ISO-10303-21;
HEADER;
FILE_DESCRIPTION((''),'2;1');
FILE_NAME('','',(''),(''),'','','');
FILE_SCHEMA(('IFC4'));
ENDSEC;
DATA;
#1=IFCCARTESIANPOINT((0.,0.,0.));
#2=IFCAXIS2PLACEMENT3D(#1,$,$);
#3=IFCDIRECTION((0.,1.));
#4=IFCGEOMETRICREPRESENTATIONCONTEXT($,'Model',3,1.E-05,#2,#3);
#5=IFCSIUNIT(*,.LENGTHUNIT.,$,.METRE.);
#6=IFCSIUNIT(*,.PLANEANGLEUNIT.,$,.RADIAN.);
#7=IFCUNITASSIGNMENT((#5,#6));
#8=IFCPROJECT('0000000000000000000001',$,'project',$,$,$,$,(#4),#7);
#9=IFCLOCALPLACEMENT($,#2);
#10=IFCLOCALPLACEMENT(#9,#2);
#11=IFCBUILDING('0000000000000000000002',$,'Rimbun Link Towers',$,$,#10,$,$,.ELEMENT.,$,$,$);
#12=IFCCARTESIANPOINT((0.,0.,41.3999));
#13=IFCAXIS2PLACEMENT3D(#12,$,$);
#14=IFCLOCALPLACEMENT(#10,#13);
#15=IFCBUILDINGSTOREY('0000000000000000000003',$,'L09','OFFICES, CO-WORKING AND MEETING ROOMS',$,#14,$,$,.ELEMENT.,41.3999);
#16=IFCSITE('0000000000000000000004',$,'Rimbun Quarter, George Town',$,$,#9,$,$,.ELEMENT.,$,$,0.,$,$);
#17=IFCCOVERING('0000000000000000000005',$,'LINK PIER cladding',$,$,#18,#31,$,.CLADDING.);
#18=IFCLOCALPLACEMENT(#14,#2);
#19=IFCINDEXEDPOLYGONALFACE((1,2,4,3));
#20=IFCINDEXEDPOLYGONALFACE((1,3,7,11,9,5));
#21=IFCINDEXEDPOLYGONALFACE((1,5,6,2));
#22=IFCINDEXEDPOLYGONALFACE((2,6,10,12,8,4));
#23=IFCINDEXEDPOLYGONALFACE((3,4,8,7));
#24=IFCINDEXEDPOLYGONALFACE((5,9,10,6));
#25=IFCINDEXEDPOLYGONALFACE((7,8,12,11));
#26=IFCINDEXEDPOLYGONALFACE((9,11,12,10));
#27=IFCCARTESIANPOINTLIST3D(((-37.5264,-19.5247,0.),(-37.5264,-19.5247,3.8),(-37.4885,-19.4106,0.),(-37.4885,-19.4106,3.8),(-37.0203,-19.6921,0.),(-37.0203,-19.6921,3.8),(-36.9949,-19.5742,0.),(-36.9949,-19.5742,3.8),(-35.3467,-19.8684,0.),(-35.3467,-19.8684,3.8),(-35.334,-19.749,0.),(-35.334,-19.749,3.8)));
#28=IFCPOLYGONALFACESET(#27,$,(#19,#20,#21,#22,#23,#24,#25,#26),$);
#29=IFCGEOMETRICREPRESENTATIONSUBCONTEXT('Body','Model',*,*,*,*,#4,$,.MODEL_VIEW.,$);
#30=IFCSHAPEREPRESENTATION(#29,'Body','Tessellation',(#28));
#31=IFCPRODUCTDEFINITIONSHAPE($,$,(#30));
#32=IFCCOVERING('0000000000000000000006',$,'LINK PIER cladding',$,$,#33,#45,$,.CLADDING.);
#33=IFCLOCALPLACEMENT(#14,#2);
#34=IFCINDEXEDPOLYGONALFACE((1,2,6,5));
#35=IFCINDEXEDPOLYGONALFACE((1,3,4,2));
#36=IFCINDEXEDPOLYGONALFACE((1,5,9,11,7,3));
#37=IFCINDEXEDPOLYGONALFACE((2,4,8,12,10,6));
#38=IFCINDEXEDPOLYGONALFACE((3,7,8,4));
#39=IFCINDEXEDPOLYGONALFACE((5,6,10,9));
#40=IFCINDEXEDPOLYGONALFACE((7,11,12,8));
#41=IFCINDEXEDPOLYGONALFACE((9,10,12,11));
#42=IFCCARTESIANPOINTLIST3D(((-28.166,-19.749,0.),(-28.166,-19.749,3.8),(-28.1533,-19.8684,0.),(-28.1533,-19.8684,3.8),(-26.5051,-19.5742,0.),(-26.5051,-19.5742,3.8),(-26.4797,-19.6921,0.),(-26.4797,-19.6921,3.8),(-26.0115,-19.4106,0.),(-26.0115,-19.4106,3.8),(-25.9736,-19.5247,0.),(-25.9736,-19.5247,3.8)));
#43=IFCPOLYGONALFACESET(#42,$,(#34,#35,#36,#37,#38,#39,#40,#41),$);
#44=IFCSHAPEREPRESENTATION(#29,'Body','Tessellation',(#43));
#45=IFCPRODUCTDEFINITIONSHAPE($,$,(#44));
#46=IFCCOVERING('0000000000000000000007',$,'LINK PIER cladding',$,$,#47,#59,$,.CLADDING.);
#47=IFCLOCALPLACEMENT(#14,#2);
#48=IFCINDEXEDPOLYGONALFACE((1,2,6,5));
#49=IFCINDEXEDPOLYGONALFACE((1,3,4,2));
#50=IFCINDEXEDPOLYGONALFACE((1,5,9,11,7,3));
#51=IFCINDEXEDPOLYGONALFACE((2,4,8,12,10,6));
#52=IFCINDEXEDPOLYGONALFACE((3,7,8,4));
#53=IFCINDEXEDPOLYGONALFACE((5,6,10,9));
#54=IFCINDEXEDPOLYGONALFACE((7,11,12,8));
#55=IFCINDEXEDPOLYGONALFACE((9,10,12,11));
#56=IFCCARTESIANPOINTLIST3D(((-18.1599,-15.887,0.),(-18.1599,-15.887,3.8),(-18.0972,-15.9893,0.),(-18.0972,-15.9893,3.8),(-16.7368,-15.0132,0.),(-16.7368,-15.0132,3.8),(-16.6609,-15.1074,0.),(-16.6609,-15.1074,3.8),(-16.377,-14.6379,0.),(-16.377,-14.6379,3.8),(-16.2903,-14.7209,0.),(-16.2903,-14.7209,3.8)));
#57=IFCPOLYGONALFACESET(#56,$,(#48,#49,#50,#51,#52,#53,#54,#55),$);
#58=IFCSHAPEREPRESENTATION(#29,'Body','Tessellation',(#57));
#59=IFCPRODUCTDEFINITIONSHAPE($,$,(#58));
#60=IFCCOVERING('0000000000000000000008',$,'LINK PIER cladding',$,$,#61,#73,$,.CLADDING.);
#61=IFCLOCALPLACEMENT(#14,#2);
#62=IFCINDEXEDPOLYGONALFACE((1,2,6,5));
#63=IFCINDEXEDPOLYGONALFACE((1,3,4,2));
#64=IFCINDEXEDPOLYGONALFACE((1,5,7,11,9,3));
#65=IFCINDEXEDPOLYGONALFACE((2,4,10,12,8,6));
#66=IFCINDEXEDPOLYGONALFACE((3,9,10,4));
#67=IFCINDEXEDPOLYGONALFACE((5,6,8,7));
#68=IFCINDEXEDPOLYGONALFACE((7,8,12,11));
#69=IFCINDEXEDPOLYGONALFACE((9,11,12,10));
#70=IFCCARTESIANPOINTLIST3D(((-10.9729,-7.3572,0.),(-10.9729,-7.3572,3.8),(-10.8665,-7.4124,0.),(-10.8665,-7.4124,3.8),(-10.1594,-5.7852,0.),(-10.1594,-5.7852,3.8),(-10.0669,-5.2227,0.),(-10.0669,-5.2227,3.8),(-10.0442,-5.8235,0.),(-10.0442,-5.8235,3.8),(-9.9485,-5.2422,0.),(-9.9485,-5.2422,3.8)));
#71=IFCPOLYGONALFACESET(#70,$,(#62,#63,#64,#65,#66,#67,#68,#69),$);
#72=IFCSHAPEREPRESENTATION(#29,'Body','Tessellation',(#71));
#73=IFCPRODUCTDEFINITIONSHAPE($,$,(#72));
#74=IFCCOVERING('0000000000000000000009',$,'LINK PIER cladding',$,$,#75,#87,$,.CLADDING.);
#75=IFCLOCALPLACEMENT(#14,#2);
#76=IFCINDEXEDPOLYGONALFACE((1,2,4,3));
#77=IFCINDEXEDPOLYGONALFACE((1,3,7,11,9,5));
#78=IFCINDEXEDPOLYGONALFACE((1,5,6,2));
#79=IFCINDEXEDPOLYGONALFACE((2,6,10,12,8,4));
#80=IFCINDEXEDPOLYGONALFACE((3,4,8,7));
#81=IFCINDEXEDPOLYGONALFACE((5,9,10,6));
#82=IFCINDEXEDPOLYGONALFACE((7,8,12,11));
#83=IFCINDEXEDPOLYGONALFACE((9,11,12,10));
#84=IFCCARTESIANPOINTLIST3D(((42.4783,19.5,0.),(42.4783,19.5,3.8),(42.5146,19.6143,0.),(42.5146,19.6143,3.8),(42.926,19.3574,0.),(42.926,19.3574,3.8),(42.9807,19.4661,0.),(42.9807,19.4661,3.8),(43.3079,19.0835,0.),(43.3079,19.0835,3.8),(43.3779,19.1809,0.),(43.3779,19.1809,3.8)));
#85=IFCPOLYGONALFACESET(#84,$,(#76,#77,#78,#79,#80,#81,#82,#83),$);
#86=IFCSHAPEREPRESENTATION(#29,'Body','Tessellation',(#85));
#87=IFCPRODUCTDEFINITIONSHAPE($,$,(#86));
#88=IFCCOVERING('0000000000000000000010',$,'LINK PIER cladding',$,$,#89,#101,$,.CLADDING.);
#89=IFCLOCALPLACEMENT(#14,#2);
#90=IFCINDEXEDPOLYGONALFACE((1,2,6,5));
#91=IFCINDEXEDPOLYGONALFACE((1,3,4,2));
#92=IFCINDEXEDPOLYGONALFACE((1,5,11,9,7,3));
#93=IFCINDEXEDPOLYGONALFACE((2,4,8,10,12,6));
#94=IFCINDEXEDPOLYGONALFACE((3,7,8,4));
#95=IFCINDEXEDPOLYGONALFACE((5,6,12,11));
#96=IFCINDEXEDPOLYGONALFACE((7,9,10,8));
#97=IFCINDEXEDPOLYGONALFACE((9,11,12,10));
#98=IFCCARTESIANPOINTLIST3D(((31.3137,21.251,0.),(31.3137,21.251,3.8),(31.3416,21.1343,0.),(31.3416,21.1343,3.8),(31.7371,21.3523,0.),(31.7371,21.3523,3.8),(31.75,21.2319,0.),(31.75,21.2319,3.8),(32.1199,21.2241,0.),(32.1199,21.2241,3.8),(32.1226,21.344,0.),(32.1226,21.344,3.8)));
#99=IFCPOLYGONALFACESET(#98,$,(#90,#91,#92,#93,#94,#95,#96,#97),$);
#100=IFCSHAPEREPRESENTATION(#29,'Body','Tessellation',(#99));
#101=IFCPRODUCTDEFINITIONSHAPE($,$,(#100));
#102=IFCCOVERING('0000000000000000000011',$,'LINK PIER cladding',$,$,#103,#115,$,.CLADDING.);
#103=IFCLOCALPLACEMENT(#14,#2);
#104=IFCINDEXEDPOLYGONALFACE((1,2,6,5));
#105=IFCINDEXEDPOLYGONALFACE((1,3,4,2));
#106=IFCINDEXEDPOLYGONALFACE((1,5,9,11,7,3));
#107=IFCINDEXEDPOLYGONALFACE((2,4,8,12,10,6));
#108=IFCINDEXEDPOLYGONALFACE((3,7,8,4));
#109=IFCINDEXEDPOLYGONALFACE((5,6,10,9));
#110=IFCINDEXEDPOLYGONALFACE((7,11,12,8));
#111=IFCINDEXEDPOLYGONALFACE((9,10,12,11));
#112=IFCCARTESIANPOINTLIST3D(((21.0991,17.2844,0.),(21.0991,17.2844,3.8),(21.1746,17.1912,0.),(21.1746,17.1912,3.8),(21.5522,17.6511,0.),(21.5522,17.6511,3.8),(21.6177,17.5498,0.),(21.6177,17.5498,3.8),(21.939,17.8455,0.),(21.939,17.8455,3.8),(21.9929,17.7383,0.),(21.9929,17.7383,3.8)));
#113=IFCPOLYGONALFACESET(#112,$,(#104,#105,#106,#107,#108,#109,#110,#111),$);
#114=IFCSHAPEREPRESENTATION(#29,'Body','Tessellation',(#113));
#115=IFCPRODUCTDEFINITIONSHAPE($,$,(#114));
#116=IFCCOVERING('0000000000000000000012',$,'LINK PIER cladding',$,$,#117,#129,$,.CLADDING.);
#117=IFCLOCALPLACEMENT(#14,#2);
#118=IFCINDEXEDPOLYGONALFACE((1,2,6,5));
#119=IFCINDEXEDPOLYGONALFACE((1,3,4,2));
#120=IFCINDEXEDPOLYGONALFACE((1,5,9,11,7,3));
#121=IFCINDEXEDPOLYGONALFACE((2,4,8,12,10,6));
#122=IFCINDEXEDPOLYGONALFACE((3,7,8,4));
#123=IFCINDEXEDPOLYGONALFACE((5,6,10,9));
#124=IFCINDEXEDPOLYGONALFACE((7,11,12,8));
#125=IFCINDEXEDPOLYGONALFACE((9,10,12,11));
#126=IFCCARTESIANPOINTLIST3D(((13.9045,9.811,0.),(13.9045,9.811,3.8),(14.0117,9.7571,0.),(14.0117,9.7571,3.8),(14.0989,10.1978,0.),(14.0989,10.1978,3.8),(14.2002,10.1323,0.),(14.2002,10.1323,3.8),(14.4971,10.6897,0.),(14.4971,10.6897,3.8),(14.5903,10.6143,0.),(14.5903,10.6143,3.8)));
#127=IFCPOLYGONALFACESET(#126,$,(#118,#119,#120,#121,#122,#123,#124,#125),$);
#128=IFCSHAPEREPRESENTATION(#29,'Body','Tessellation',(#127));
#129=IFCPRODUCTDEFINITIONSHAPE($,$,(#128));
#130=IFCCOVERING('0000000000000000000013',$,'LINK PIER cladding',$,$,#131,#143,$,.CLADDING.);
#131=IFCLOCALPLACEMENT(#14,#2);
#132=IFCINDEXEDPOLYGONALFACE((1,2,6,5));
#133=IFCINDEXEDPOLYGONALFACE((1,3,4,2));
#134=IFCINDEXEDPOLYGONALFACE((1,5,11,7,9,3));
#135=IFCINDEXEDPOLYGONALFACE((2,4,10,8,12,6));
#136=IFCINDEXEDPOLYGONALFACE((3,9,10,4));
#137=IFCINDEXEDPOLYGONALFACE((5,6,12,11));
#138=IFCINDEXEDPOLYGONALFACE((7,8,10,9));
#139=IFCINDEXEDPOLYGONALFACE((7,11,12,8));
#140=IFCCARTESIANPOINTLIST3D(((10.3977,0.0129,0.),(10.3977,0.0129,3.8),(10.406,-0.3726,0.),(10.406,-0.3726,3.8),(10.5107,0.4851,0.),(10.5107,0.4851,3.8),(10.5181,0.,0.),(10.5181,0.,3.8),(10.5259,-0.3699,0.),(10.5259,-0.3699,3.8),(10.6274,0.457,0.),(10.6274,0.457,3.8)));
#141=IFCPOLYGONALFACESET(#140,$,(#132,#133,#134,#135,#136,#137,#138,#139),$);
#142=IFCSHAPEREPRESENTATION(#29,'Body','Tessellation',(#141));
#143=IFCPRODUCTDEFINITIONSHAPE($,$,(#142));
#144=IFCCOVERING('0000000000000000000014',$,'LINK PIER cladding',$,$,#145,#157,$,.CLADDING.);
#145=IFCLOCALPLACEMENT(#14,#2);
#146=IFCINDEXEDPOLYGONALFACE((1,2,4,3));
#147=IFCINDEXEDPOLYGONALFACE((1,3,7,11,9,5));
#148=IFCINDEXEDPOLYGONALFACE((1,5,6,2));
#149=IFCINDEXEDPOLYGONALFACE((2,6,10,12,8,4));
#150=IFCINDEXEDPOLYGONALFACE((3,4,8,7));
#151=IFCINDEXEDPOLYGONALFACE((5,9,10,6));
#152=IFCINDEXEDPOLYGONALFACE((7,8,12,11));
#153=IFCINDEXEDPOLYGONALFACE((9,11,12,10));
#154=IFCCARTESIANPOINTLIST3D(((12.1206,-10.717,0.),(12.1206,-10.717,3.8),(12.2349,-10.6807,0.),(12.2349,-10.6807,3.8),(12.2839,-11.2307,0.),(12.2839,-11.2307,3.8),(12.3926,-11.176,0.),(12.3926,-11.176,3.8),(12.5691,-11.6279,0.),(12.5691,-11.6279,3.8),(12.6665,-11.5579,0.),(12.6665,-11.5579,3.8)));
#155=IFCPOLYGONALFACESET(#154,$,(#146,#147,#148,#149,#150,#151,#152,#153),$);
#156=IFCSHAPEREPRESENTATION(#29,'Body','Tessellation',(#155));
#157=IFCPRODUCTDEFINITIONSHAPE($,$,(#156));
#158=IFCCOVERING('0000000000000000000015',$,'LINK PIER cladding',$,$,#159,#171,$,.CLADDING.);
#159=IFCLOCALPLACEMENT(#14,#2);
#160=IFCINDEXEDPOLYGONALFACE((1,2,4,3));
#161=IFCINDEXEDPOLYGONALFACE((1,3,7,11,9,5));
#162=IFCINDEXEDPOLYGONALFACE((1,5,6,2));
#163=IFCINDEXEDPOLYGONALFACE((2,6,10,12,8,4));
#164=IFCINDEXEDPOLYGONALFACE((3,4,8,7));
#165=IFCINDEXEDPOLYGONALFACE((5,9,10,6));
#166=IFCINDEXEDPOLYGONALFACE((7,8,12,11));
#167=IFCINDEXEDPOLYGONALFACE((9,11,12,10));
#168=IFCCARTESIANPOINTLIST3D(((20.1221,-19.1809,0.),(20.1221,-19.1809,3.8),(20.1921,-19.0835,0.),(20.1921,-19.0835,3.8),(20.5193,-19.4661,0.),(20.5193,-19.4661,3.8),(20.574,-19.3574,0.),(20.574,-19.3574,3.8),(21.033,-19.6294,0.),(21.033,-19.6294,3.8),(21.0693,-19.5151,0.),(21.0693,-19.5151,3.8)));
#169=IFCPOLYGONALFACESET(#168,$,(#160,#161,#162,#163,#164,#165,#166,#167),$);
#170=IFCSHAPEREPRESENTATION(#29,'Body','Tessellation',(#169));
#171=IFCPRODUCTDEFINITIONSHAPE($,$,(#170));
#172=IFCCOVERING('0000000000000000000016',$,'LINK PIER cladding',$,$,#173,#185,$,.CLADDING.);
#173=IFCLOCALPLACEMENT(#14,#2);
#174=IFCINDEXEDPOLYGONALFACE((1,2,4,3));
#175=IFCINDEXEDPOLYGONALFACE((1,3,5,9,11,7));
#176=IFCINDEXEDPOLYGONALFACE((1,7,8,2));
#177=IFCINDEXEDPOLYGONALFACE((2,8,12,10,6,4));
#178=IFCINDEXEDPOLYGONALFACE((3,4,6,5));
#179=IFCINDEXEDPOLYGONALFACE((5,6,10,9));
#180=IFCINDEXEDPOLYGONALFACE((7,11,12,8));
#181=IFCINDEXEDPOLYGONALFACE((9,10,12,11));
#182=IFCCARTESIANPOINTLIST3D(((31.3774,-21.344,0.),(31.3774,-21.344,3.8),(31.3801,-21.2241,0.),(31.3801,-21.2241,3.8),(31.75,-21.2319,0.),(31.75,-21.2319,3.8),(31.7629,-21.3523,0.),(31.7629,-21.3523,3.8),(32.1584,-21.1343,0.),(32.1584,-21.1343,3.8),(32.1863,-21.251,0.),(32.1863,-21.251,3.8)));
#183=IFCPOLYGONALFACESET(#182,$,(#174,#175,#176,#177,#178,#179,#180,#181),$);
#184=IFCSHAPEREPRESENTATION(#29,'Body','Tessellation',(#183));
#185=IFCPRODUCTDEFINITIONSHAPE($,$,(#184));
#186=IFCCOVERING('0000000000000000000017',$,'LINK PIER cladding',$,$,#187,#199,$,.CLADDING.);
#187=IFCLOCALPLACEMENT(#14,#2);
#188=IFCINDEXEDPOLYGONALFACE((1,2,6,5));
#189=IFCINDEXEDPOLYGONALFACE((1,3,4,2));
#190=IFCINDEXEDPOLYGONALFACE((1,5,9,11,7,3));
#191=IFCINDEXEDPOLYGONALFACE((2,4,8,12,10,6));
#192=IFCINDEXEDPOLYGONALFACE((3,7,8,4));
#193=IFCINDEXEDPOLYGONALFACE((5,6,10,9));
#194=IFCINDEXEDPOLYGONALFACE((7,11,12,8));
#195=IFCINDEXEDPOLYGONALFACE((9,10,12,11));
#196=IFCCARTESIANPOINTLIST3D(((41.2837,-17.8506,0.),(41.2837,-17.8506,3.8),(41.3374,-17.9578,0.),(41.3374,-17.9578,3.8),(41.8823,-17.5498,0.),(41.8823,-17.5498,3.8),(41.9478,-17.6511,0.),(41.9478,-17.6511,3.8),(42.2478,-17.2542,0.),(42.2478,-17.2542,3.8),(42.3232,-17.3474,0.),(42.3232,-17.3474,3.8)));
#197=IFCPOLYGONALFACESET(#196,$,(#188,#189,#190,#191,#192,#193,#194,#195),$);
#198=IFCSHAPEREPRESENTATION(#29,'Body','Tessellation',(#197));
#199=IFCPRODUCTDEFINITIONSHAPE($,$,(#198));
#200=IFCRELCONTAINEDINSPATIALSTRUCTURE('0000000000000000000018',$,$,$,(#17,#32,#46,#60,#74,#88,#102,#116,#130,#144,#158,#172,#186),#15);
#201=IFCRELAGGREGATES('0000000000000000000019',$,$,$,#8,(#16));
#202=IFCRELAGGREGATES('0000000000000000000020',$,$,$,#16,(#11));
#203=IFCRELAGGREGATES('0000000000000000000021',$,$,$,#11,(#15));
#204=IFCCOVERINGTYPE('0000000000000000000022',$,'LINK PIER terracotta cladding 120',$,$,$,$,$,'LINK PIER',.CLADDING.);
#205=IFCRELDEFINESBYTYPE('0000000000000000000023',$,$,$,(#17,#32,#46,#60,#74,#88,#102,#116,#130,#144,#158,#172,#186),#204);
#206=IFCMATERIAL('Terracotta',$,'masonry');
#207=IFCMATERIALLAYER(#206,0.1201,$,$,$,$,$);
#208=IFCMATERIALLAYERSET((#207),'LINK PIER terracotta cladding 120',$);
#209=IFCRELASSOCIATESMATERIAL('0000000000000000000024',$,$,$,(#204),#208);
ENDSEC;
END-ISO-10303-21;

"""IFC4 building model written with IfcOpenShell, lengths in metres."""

from ifc_helpers import new_model, si_unit, direction, frame, origin, place, context, subcontext, project, spatial, polyline, outline, extrude, material, layer, layer_set, type_object, element, save


model = new_model("IFC4")

# Units and contexts
model_context = context("Model", 3, precision=1e-05, world=origin(), true_north=direction((0.0, 1.0)))
body_context = subcontext(model_context, "Body", "Model", "MODEL_VIEW")
ifc_project = project(units=[si_unit("LENGTHUNIT", "METRE"), si_unit("PLANEANGLEUNIT", "RADIAN")], contexts=[model_context])

# Site, building, storey
site_placement = place(None, origin())
site = spatial("IfcSite", under=ifc_project, at=site_placement, Name="Rimbun Quarter, George Town", CompositionType="ELEMENT", RefElevation=0.0)
building_placement = place(site_placement, origin())
building = spatial("IfcBuilding", under=site, at=building_placement, Name="Rimbun Link Towers", CompositionType="ELEMENT")
storey_placement = place(building_placement, frame((0.0, 0.0, 41.3999)))
storey = spatial("IfcBuildingStorey", under=building, at=storey_placement, Name="L09", Description="OFFICES, CO-WORKING AND MEETING ROOMS", CompositionType="ELEMENT", Elevation=41.3999)

# Coverings
ifc_material_1 = material(Name="Terracotta", Category="masonry")
ifc_layer_1 = layer(ifc_material_1, 0.1201)
ifc_layer_set_1 = layer_set([ifc_layer_1], Name="LINK PIER terracotta cladding 120")
covering_type_1 = type_object("IfcCoveringType", Name="LINK PIER terracotta cladding 120", ElementType="LINK PIER", PredefinedType="CLADDING", material=ifc_layer_set_1)
covering_1_placement = place(storey_placement, origin())
element("IfcCovering", 1, at=covering_1_placement, inside=storey, type_object=covering_type_1, Name="LINK PIER cladding", PredefinedType="CLADDING", context=body_context, shape_type="SweptSolid", body=[
    extrude(outline(polyline([(-35.334, -19.749), (-36.9949, -19.5742), (-37.4885, -19.4106), (-37.5264, -19.5247), (-37.0203, -19.6921), (-35.3467, -19.8684), (-35.334, -19.749)])), origin(), (0.0, 0.0, 1.0), 3.8),
])
covering_2_placement = place(storey_placement, origin())
element("IfcCovering", 2, at=covering_2_placement, inside=storey, type_object=covering_type_1, Name="LINK PIER cladding", PredefinedType="CLADDING", context=body_context, shape_type="SweptSolid", body=[
    extrude(outline(polyline([(-26.0115, -19.4106), (-26.5051, -19.5742), (-28.166, -19.749), (-28.1533, -19.8684), (-26.4797, -19.6921), (-25.9736, -19.5247), (-26.0115, -19.4106)])), origin(), (0.0, 0.0, 1.0), 3.8),
])
covering_3_placement = place(storey_placement, origin())
element("IfcCovering", 3, at=covering_3_placement, inside=storey, type_object=covering_type_1, Name="LINK PIER cladding", PredefinedType="CLADDING", context=body_context, shape_type="SweptSolid", body=[
    extrude(outline(polyline([(-16.377, -14.6379), (-16.7368, -15.0132), (-18.1599, -15.887), (-18.0972, -15.9893), (-16.6609, -15.1074), (-16.2903, -14.7209), (-16.377, -14.6379)])), origin(), (0.0, 0.0, 1.0), 3.8),
])
covering_4_placement = place(storey_placement, origin())
element("IfcCovering", 4, at=covering_4_placement, inside=storey, type_object=covering_type_1, Name="LINK PIER cladding", PredefinedType="CLADDING", context=body_context, shape_type="SweptSolid", body=[
    extrude(outline(polyline([(-10.0669, -5.2227), (-10.1594, -5.7852), (-10.9729, -7.3572), (-10.8665, -7.4124), (-10.0442, -5.8235), (-9.9485, -5.2422), (-10.0669, -5.2227)])), origin(), (0.0, 0.0, 1.0), 3.8),
])
covering_5_placement = place(storey_placement, origin())
element("IfcCovering", 5, at=covering_5_placement, inside=storey, type_object=covering_type_1, Name="LINK PIER cladding", PredefinedType="CLADDING", context=body_context, shape_type="SweptSolid", body=[
    extrude(outline(polyline([(42.4783, 19.5), (42.926, 19.3574), (43.3079, 19.0835), (43.3779, 19.1809), (42.9807, 19.4661), (42.5146, 19.6143), (42.4783, 19.5)])), origin(), (0.0, 0.0, 1.0), 3.8),
])
covering_6_placement = place(storey_placement, origin())
element("IfcCovering", 6, at=covering_6_placement, inside=storey, type_object=covering_type_1, Name="LINK PIER cladding", PredefinedType="CLADDING", context=body_context, shape_type="SweptSolid", body=[
    extrude(outline(polyline([(31.3416, 21.1343), (31.75, 21.2319), (32.1199, 21.2241), (32.1226, 21.344), (31.7371, 21.3523), (31.3137, 21.251), (31.3416, 21.1343)])), origin(), (0.0, 0.0, 1.0), 3.8),
])
covering_7_placement = place(storey_placement, origin())
element("IfcCovering", 7, at=covering_7_placement, inside=storey, type_object=covering_type_1, Name="LINK PIER cladding", PredefinedType="CLADDING", context=body_context, shape_type="SweptSolid", body=[
    extrude(outline(polyline([(21.1746, 17.1912), (21.6177, 17.5498), (21.9929, 17.7383), (21.939, 17.8455), (21.5522, 17.6511), (21.0991, 17.2844), (21.1746, 17.1912)])), origin(), (0.0, 0.0, 1.0), 3.8),
])
covering_8_placement = place(storey_placement, origin())
element("IfcCovering", 8, at=covering_8_placement, inside=storey, type_object=covering_type_1, Name="LINK PIER cladding", PredefinedType="CLADDING", context=body_context, shape_type="SweptSolid", body=[
    extrude(outline(polyline([(14.0117, 9.7571), (14.2002, 10.1323), (14.5903, 10.6143), (14.4971, 10.6897), (14.0989, 10.1978), (13.9045, 9.811), (14.0117, 9.7571)])), origin(), (0.0, 0.0, 1.0), 3.8),
])
covering_9_placement = place(storey_placement, origin())
element("IfcCovering", 9, at=covering_9_placement, inside=storey, type_object=covering_type_1, Name="LINK PIER cladding", PredefinedType="CLADDING", context=body_context, shape_type="SweptSolid", body=[
    extrude(outline(polyline([(10.5259, -0.3699), (10.5181, 0.0), (10.6274, 0.457), (10.5107, 0.4851), (10.3977, 0.0129), (10.406, -0.3726), (10.5259, -0.3699)])), origin(), (0.0, 0.0, 1.0), 3.8),
])
covering_10_placement = place(storey_placement, origin())
element("IfcCovering", 10, at=covering_10_placement, inside=storey, type_object=covering_type_1, Name="LINK PIER cladding", PredefinedType="CLADDING", context=body_context, shape_type="SweptSolid", body=[
    extrude(outline(polyline([(12.6665, -11.5579), (12.3926, -11.176), (12.2349, -10.6807), (12.1206, -10.717), (12.2839, -11.2307), (12.5691, -11.6279), (12.6665, -11.5579)])), origin(), (0.0, 0.0, 1.0), 3.8),
])
covering_11_placement = place(storey_placement, origin())
element("IfcCovering", 11, at=covering_11_placement, inside=storey, type_object=covering_type_1, Name="LINK PIER cladding", PredefinedType="CLADDING", context=body_context, shape_type="SweptSolid", body=[
    extrude(outline(polyline([(21.0693, -19.5151), (20.574, -19.3574), (20.1921, -19.0835), (20.1221, -19.1809), (20.5193, -19.4661), (21.033, -19.6294), (21.0693, -19.5151)])), origin(), (0.0, 0.0, 1.0), 3.8),
])
covering_12_placement = place(storey_placement, origin())
element("IfcCovering", 12, at=covering_12_placement, inside=storey, type_object=covering_type_1, Name="LINK PIER cladding", PredefinedType="CLADDING", context=body_context, shape_type="SweptSolid", body=[
    extrude(outline(polyline([(32.1584, -21.1343), (31.75, -21.2319), (31.3801, -21.2241), (31.3774, -21.344), (31.7629, -21.3523), (32.1863, -21.251), (32.1584, -21.1343)])), origin(), (0.0, 0.0, 1.0), 3.8),
])
covering_13_placement = place(storey_placement, origin())
element("IfcCovering", 13, at=covering_13_placement, inside=storey, type_object=covering_type_1, Name="LINK PIER cladding", PredefinedType="CLADDING", context=body_context, shape_type="SweptSolid", body=[
    extrude(outline(polyline([(42.2478, -17.2542), (41.8823, -17.5498), (41.2837, -17.8506), (41.3374, -17.9578), (41.9478, -17.6511), (42.3232, -17.3474), (42.2478, -17.2542)])), origin(), (0.0, 0.0, 1.0), 3.8),
])

save(model, "model.ifc")
